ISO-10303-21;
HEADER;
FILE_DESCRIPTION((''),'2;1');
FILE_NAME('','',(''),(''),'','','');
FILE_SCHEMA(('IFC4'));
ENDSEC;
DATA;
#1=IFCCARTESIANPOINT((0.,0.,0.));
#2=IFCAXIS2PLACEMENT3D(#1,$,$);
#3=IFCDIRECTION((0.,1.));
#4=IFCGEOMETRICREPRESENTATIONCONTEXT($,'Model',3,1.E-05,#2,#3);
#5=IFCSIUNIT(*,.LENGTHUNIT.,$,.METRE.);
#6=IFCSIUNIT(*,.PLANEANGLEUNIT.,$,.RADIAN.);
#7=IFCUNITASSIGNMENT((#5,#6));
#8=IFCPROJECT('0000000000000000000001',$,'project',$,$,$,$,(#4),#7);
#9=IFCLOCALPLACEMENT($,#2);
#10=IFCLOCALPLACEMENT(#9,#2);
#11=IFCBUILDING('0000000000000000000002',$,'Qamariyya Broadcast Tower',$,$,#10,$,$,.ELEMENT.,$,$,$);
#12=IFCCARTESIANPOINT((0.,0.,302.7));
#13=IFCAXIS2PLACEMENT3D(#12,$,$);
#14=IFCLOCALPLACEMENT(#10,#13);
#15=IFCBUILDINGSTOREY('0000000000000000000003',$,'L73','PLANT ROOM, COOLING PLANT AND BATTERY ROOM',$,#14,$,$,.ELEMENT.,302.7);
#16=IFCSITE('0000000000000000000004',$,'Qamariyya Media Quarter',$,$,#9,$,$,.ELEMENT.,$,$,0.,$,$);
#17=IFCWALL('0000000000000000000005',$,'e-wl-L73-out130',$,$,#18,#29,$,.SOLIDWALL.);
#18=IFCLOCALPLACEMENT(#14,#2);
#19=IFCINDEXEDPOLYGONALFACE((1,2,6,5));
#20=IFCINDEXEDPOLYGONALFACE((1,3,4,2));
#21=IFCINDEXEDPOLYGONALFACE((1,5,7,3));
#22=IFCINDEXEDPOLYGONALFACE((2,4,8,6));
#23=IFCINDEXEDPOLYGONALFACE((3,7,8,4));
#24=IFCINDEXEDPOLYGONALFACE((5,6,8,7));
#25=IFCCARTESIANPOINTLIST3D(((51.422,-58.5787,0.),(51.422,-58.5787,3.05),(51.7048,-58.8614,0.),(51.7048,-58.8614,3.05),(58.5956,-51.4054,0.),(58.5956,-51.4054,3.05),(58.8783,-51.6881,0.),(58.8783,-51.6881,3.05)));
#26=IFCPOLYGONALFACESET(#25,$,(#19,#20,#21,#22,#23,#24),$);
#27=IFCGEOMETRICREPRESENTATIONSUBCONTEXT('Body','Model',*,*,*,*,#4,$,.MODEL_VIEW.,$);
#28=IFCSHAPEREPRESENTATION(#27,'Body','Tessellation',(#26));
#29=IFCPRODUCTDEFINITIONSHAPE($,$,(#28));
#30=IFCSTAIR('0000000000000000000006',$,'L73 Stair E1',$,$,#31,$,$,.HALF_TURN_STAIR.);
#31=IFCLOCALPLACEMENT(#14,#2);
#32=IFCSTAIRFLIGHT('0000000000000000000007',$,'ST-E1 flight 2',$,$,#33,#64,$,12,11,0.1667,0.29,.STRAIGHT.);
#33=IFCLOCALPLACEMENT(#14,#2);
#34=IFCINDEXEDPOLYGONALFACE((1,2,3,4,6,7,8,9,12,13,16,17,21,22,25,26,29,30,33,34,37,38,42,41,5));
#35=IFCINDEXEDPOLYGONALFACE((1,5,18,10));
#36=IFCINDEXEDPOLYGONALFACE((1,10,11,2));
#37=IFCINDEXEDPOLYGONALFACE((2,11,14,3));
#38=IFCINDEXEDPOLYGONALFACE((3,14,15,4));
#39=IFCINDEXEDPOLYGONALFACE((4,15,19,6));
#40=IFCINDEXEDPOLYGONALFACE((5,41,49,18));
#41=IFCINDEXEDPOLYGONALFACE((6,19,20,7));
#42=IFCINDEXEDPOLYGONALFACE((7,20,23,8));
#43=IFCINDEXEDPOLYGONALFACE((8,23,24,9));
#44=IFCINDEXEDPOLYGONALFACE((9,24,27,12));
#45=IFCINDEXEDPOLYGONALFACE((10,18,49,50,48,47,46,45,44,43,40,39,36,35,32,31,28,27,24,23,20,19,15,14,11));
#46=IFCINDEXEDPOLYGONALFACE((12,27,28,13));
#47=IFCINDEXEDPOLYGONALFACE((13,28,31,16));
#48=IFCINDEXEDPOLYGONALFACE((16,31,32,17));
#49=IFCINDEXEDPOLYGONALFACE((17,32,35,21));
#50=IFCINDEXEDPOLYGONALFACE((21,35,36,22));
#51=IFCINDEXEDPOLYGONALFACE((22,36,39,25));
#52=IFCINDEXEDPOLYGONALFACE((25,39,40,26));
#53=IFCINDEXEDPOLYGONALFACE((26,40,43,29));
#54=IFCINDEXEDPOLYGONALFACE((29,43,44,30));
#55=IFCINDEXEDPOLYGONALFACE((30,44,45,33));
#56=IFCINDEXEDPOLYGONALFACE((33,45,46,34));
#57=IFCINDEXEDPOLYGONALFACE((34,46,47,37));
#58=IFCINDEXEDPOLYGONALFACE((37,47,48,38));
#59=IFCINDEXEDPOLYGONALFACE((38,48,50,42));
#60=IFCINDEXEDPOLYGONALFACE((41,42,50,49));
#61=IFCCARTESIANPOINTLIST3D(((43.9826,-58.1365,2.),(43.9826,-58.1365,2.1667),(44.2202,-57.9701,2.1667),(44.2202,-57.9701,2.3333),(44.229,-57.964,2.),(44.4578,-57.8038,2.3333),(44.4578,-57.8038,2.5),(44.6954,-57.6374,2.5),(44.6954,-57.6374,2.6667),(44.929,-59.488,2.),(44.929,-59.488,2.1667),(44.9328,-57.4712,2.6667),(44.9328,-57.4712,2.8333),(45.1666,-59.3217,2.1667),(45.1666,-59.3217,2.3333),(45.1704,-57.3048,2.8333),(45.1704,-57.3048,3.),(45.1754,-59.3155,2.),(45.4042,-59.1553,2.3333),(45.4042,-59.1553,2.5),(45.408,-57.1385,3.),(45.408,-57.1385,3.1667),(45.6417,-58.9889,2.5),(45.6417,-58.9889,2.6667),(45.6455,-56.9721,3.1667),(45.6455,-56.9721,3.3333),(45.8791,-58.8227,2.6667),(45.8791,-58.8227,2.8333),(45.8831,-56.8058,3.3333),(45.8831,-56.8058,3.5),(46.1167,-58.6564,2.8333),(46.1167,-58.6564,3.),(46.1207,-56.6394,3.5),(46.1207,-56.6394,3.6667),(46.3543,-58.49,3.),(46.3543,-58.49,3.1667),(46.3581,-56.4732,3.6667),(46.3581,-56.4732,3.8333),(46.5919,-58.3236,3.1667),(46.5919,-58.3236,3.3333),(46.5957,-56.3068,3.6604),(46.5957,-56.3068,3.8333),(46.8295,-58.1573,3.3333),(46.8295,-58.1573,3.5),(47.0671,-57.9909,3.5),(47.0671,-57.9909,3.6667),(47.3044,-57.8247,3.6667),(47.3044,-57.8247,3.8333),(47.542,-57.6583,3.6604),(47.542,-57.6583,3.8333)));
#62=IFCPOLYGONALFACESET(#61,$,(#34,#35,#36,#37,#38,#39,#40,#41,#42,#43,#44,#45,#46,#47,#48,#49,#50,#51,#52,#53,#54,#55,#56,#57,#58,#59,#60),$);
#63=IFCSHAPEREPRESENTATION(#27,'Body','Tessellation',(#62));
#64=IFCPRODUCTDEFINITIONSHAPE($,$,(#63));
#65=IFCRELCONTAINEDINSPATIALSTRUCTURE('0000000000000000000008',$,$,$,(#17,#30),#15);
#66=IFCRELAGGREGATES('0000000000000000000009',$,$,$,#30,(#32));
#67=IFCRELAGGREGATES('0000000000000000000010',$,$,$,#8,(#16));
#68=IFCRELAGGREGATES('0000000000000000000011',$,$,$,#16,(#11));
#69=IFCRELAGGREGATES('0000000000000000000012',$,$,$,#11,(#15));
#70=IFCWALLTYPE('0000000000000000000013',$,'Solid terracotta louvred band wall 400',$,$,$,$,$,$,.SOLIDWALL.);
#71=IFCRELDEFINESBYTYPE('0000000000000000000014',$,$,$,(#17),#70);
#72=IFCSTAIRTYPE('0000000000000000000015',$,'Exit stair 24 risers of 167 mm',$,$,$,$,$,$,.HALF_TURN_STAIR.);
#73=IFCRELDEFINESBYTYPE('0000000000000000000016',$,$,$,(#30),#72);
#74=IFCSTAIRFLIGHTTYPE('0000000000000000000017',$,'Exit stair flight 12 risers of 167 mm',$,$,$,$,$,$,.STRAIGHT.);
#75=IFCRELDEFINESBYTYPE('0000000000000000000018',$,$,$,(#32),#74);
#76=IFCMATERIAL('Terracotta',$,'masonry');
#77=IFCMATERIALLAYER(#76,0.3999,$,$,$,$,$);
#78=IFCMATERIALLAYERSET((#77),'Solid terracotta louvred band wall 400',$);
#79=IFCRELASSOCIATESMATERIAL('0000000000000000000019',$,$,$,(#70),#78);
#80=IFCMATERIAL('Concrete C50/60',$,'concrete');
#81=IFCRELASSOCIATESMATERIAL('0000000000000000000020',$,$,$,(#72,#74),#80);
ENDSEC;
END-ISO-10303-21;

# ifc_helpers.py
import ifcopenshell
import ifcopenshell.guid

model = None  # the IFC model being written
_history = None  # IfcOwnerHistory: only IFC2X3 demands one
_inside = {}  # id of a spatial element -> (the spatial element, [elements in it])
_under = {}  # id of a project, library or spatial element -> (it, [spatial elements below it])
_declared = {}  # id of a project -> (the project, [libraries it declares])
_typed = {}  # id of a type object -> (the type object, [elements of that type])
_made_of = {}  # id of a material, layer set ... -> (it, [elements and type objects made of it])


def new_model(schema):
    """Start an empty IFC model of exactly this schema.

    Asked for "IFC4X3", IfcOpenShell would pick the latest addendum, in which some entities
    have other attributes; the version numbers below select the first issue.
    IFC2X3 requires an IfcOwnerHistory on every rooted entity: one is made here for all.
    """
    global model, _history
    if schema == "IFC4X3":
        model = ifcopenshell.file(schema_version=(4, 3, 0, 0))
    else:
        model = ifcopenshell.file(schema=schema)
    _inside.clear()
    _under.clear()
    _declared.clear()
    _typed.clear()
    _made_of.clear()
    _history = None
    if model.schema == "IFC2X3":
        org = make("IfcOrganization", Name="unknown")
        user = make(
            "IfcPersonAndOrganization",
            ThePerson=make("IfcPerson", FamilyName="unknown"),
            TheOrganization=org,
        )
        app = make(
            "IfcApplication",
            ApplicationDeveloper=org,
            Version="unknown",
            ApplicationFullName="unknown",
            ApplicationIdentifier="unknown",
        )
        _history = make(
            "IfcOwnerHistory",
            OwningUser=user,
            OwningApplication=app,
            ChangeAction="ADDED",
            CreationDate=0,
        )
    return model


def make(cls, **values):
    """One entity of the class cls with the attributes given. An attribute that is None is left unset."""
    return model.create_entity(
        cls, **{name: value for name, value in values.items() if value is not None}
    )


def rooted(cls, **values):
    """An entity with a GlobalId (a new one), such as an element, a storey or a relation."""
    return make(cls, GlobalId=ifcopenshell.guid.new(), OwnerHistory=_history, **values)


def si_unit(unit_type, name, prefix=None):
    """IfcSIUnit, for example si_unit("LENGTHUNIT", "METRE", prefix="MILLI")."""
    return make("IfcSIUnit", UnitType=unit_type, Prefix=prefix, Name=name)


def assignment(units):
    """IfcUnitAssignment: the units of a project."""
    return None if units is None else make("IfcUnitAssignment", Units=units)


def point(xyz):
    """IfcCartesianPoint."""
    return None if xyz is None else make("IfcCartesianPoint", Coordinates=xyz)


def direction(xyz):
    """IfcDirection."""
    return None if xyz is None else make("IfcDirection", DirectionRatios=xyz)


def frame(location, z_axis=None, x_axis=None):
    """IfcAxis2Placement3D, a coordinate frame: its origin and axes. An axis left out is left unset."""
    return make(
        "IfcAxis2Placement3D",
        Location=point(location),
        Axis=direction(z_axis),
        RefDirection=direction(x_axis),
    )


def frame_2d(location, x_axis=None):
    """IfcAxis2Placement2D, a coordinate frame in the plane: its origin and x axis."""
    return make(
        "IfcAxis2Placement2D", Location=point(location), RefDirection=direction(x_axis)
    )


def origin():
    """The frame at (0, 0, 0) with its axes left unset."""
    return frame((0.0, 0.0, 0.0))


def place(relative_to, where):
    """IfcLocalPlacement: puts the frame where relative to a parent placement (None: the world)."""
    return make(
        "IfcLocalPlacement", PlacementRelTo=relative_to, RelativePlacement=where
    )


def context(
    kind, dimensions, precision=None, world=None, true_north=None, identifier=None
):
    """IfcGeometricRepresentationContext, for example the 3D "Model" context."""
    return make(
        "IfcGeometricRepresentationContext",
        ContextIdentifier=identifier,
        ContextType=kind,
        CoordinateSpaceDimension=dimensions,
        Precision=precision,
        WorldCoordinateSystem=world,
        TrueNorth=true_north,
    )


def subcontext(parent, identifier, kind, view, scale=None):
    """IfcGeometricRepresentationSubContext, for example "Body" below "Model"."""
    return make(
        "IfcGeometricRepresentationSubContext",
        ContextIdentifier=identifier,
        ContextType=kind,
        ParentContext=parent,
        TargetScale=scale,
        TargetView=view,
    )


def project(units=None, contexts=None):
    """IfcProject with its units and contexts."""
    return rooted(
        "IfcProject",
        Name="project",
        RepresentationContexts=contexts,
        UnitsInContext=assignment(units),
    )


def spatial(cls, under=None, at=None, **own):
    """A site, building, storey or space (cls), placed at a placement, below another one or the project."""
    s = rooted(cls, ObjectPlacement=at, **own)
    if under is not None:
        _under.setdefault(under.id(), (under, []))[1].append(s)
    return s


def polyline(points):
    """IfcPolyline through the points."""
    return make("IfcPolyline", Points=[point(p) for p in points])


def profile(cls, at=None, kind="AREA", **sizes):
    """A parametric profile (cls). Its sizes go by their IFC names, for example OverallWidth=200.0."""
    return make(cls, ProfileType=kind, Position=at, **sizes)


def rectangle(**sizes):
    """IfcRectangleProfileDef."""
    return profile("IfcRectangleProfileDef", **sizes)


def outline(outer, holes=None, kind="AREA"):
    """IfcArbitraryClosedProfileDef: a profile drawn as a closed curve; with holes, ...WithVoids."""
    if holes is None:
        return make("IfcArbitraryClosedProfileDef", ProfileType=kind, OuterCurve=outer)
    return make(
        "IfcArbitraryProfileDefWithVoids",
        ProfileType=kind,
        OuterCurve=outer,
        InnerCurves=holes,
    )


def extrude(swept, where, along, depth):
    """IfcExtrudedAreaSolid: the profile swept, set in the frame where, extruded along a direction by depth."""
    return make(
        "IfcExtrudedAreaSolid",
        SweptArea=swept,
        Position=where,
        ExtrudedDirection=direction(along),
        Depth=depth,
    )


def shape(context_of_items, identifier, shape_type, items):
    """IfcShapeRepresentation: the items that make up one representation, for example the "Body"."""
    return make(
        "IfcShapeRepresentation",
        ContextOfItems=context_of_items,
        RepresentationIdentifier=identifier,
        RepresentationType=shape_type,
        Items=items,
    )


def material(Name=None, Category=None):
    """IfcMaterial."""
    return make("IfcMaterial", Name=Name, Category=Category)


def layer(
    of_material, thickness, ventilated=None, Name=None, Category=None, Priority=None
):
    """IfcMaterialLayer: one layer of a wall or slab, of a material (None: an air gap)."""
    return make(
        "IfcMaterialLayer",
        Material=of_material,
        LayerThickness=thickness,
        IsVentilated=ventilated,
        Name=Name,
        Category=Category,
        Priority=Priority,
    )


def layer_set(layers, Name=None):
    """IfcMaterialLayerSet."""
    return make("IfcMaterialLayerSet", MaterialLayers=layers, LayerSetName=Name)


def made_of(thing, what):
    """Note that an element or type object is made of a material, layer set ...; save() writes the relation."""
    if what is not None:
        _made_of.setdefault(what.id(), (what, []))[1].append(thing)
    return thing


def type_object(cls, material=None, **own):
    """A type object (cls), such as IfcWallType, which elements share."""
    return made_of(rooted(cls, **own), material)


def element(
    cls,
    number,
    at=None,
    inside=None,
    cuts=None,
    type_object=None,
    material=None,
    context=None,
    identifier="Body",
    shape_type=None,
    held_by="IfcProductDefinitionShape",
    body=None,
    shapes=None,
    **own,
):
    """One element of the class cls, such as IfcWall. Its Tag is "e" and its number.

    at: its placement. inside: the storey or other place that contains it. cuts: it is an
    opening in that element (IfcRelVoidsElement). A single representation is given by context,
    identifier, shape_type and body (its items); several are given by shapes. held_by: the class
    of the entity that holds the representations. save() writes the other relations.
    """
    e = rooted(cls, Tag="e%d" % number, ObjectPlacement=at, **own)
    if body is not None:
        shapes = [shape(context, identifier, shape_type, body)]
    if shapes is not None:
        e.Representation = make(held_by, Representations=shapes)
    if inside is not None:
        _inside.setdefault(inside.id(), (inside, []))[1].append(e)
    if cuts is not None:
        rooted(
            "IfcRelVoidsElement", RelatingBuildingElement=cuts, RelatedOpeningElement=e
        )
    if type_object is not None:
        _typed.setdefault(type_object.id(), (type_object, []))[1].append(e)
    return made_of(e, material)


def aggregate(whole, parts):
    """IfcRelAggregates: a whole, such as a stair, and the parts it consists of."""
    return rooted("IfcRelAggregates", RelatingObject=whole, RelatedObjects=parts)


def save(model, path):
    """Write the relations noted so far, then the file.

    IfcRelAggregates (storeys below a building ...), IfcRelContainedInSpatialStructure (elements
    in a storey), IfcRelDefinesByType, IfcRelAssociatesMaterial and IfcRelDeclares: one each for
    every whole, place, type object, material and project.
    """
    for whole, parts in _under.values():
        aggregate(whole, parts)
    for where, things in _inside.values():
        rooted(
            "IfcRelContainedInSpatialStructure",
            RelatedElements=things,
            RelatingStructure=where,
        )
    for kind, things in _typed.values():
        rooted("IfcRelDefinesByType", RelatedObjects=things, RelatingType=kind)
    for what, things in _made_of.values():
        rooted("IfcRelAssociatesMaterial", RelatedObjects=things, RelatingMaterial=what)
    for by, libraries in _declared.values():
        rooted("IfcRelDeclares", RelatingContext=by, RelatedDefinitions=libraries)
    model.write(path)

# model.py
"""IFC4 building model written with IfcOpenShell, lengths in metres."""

from ifc_helpers import new_model, si_unit, direction, frame, frame_2d, origin, place, context, subcontext, project, spatial, polyline, rectangle, outline, extrude, material, layer, layer_set, type_object, element, aggregate, save


model = new_model("IFC4")

# Units and contexts
model_context = context("Model", 3, precision=1e-05, world=origin(), true_north=direction((0.0, 1.0)))
body_context = subcontext(model_context, "Body", "Model", "MODEL_VIEW")
ifc_project = project(units=[si_unit("LENGTHUNIT", "METRE"), si_unit("PLANEANGLEUNIT", "RADIAN")], contexts=[model_context])

# Site, building, storey
site_placement = place(None, origin())
site = spatial("IfcSite", under=ifc_project, at=site_placement, Name="Qamariyya Media Quarter", CompositionType="ELEMENT", RefElevation=0.0)
building_placement = place(site_placement, origin())
building = spatial("IfcBuilding", under=site, at=building_placement, Name="Qamariyya Broadcast Tower", CompositionType="ELEMENT")
storey_placement = place(building_placement, frame((0.0, 0.0, 302.7)))
storey = spatial("IfcBuildingStorey", under=building, at=storey_placement, Name="L73", Description="PLANT ROOM, COOLING PLANT AND BATTERY ROOM", CompositionType="ELEMENT", Elevation=302.7)

# Shared definitions
ifc_material_1 = material(Name="Concrete C50/60", Category="concrete")

# Wall
ifc_material_2 = material(Name="Terracotta", Category="masonry")
ifc_layer_1 = layer(ifc_material_2, 0.3999)
ifc_layer_set_1 = layer_set([ifc_layer_1], Name="Solid terracotta louvred band wall 400")
wall_type_1 = type_object("IfcWallType", Name="Solid terracotta louvred band wall 400", PredefinedType="SOLIDWALL", material=ifc_layer_set_1)
wall_1_placement = place(storey_placement, frame((51.5635, -58.72, 0.0), z_axis=(0.0, 0.0, 1.0), x_axis=(0.707119, 0.707095, 0.0)))
element("IfcWall", 1, at=wall_1_placement, inside=storey, type_object=wall_type_1, Name="e-wl-L73-out130", PredefinedType="SOLIDWALL", context=body_context, shape_type="SweptSolid", body=[
    extrude(rectangle(XDim=10.1448, YDim=0.3999, at=frame_2d((5.0723, 0.0))), origin(), (0.0, 0.0, 1.0), 3.05),
])

# Stair, stair flight
stair_type = type_object("IfcStairType", Name="Exit stair 24 risers of 167 mm", PredefinedType="HALF_TURN_STAIR", material=ifc_material_1)
stair_placement = place(storey_placement, origin())
stair = element("IfcStair", 2, at=stair_placement, inside=storey, type_object=stair_type, Name="L73 Stair E1", PredefinedType="HALF_TURN_STAIR")
stair_flight_type = type_object("IfcStairFlightType", Name="Exit stair flight 12 risers of 167 mm", PredefinedType="STRAIGHT", material=ifc_material_1)
stair_flight_placement = place(storey_placement, frame((44.4558, -58.8123, 2.0), z_axis=(0.0, 0.0, 1.0), x_axis=(0.819152, 0.573576, 0.0)))
stair_flight = element("IfcStairFlight", 3, at=stair_flight_placement, type_object=stair_flight_type, Name="ST-E1 flight 2", NumberOfRisers=12, NumberOfTreads=11, PredefinedType="STRAIGHT", RiserHeight=0.1667, TreadLength=0.29, context=body_context, shape_type="SweptSolid", body=[
    extrude(outline(polyline([(0.0, 0.0), (0.0, 0.1667), (0.29, 0.1667), (0.29, 0.3333), (0.5801, 0.3333), (0.5801, 0.5), (0.8701, 0.5), (0.8701, 0.6667), (1.1599, 0.6667), (1.1599, 0.8333), (1.45, 0.8333), (1.45, 1.0), (1.74, 1.0), (1.74, 1.1667), (2.03, 1.1667), (2.03, 1.3333), (2.3201, 1.3333), (2.3201, 1.5), (2.6101, 1.5), (2.6101, 1.6667), (2.8999, 1.6667), (2.8999, 1.8333), (3.1899, 1.8333), (3.1899, 2.0), (3.1899, 1.6604), (0.3008, 0.0), (0.0, 0.0)])), frame((0.0, 0.825, 0.0), z_axis=(0.0, -1.0, 0.0), x_axis=(1.0, 0.0, 0.0)), (0.0, 0.0, 1.0), 1.6499),
])
aggregate(stair, [stair_flight])

save(model, "model.ifc")
